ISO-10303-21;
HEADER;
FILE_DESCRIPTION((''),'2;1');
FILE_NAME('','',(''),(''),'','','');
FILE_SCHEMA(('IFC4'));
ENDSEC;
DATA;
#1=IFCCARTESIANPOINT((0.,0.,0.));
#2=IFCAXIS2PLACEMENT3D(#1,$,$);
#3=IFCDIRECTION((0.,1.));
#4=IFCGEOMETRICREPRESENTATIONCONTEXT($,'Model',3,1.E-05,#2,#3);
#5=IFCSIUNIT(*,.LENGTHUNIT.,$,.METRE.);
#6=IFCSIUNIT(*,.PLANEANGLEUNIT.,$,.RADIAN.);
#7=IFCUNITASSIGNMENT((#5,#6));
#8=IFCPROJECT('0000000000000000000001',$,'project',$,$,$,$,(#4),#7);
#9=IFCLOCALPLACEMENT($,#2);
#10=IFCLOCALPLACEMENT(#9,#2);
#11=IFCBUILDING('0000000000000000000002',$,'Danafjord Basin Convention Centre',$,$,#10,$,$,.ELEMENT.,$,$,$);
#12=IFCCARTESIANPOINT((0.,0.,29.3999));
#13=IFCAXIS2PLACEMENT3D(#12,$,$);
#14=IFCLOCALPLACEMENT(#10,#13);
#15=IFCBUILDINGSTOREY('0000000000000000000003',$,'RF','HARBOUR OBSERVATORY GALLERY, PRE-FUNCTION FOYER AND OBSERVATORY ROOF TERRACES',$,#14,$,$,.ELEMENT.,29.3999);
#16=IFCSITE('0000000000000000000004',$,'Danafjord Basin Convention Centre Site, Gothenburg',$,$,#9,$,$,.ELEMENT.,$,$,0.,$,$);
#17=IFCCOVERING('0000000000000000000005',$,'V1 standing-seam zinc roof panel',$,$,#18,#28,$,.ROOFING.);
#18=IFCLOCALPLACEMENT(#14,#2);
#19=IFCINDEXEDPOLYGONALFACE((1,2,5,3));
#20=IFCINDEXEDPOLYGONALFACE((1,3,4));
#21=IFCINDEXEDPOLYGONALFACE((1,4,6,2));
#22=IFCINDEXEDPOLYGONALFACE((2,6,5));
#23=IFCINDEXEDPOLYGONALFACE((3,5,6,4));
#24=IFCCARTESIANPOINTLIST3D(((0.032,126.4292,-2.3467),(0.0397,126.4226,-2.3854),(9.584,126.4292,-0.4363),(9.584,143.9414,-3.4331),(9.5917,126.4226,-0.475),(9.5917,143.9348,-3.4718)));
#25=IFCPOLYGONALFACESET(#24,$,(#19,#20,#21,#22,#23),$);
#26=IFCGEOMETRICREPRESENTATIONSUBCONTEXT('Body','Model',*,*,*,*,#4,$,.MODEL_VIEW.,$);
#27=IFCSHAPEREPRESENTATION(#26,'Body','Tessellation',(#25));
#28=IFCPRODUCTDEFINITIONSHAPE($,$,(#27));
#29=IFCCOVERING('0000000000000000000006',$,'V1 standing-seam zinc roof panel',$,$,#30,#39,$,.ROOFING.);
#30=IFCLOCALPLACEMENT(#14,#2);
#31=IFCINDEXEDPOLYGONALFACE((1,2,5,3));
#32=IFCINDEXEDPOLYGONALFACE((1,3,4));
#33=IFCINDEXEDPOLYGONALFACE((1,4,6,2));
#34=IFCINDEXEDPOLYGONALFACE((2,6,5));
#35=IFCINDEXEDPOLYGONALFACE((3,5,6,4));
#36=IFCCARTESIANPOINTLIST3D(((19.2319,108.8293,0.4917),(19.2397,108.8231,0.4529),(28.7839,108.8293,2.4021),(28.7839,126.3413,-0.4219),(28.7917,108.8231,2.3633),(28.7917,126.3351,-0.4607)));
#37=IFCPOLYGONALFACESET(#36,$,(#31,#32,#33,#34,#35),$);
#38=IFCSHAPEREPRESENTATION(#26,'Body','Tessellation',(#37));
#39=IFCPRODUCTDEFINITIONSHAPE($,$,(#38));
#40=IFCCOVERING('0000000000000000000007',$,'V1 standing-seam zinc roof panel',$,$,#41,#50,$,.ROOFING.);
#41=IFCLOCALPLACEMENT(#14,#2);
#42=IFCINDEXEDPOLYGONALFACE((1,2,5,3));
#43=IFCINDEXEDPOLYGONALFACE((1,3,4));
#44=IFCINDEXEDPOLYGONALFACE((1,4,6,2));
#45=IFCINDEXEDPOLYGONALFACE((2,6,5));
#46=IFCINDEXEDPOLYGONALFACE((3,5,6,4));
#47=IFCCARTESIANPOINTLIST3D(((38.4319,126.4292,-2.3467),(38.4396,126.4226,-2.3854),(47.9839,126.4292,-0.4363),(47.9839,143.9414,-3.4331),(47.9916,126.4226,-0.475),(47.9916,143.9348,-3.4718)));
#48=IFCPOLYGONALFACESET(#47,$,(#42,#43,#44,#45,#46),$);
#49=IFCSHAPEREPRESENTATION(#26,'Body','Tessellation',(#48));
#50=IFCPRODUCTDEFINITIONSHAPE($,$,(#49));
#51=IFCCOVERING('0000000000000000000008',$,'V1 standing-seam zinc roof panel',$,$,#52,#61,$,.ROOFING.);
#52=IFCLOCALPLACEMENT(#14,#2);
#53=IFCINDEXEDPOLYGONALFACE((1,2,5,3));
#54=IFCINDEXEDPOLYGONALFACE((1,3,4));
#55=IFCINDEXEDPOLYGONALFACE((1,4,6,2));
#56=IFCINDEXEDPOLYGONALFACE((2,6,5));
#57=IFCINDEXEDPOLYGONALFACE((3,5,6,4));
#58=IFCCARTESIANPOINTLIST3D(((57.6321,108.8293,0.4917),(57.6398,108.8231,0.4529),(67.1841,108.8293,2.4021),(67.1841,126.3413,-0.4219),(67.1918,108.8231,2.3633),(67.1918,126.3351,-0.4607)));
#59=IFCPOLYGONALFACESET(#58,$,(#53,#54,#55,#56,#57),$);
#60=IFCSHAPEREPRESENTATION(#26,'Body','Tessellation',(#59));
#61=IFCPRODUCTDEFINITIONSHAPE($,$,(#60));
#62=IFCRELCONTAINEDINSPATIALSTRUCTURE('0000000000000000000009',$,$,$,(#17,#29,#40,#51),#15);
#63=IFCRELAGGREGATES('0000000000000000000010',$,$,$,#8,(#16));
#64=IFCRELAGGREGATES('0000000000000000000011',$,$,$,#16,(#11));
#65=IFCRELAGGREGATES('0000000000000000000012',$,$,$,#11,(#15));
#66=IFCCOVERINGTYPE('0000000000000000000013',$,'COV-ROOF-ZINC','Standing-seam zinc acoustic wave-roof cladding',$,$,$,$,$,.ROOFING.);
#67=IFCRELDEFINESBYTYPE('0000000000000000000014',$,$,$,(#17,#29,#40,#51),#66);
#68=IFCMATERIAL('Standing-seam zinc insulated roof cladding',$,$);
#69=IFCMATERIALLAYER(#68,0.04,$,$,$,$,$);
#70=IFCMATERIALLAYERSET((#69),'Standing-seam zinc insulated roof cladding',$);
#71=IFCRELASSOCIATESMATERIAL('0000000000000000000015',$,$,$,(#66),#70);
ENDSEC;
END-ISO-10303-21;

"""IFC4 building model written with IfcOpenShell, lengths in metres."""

from ifc_helpers import new_model, si_unit, direction, frame, origin, place, context, subcontext, project, spatial, polyline, outline, extrude, material, layer, layer_set, type_object, element, save


model = new_model("IFC4")

# Units and contexts
model_context = context("Model", 3, precision=1e-05, world=origin(), true_north=direction((0.0, 1.0)))
body_context = subcontext(model_context, "Body", "Model", "MODEL_VIEW")
ifc_project = project(units=[si_unit("LENGTHUNIT", "METRE"), si_unit("PLANEANGLEUNIT", "RADIAN")], contexts=[model_context])

# Site, building, storey
site_placement = place(None, origin())
site = spatial("IfcSite", under=ifc_project, at=site_placement, Name="Danafjord Basin Convention Centre Site, Gothenburg", CompositionType="ELEMENT", RefElevation=0.0)
building_placement = place(site_placement, origin())
building = spatial("IfcBuilding", under=site, at=building_placement, Name="Danafjord Basin Convention Centre", CompositionType="ELEMENT")
storey_placement = place(building_placement, frame((0.0, 0.0, 29.3999)))
storey = spatial("IfcBuildingStorey", under=building, at=storey_placement, Name="RF", Description="HARBOUR OBSERVATORY GALLERY, PRE-FUNCTION FOYER AND OBSERVATORY ROOF TERRACES", CompositionType="ELEMENT", Elevation=29.3999)

# Coverings
ifc_material_1 = material(Name="Standing-seam zinc insulated roof cladding")
ifc_layer_1 = layer(ifc_material_1, 0.04)
ifc_layer_set_1 = layer_set([ifc_layer_1], Name="Standing-seam zinc insulated roof cladding")
covering_type = type_object("IfcCoveringType", Name="COV-ROOF-ZINC", Description="Standing-seam zinc acoustic wave-roof cladding", PredefinedType="ROOFING", material=ifc_layer_set_1)
covering_1_placement = place(storey_placement, frame((0.032, 126.4292, -2.3467), z_axis=(-0.193412, 0.165491, 0.96706), x_axis=(0.980581, 0.0, 0.196116)))
element("IfcCovering", 1, at=covering_1_placement, inside=storey, type_object=covering_type, Name="V1 standing-seam zinc roof panel", PredefinedType="ROOFING", context=body_context, shape_type="SweptSolid", body=[
    extrude(outline(polyline([(0.0, 0.0), (9.7412, 0.0), (9.1534, 17.7571), (0.0, 0.0)])), origin(), (0.0, 0.0, -1.0), 0.04),
])
covering_2_placement = place(storey_placement, frame((19.2319, 108.8293, 0.4917), z_axis=(-0.193709, 0.156188, 0.968546), x_axis=(0.980581, 0.0, 0.196116)))
element("IfcCovering", 2, at=covering_2_placement, inside=storey, type_object=covering_type, Name="V1 standing-seam zinc roof panel", PredefinedType="ROOFING", context=body_context, shape_type="SweptSolid", body=[
    extrude(outline(polyline([(0.0, 0.0), (9.7412, 0.0), (9.1873, 17.7296), (0.0, 0.0)])), origin(), (0.0, 0.0, -1.0), 0.04),
])
covering_3_placement = place(storey_placement, frame((38.4319, 126.4292, -2.3467), z_axis=(-0.193412, 0.165491, 0.96706), x_axis=(0.980581, 0.0, 0.196116)))
element("IfcCovering", 3, at=covering_3_placement, inside=storey, type_object=covering_type, Name="V1 standing-seam zinc roof panel", PredefinedType="ROOFING", context=body_context, shape_type="SweptSolid", body=[
    extrude(outline(polyline([(0.0, 0.0), (9.7412, 0.0), (9.1534, 17.7571), (0.0, 0.0)])), origin(), (0.0, 0.0, -1.0), 0.04),
])
covering_4_placement = place(storey_placement, frame((57.6321, 108.8293, 0.4917), z_axis=(-0.193709, 0.156188, 0.968546), x_axis=(0.980581, 0.0, 0.196116)))
element("IfcCovering", 4, at=covering_4_placement, inside=storey, type_object=covering_type, Name="V1 standing-seam zinc roof panel", PredefinedType="ROOFING", context=body_context, shape_type="SweptSolid", body=[
    extrude(outline(polyline([(0.0, 0.0), (9.7412, 0.0), (9.1873, 17.7296), (0.0, 0.0)])), origin(), (0.0, 0.0, -1.0), 0.04),
])

save(model, "model.ifc")
